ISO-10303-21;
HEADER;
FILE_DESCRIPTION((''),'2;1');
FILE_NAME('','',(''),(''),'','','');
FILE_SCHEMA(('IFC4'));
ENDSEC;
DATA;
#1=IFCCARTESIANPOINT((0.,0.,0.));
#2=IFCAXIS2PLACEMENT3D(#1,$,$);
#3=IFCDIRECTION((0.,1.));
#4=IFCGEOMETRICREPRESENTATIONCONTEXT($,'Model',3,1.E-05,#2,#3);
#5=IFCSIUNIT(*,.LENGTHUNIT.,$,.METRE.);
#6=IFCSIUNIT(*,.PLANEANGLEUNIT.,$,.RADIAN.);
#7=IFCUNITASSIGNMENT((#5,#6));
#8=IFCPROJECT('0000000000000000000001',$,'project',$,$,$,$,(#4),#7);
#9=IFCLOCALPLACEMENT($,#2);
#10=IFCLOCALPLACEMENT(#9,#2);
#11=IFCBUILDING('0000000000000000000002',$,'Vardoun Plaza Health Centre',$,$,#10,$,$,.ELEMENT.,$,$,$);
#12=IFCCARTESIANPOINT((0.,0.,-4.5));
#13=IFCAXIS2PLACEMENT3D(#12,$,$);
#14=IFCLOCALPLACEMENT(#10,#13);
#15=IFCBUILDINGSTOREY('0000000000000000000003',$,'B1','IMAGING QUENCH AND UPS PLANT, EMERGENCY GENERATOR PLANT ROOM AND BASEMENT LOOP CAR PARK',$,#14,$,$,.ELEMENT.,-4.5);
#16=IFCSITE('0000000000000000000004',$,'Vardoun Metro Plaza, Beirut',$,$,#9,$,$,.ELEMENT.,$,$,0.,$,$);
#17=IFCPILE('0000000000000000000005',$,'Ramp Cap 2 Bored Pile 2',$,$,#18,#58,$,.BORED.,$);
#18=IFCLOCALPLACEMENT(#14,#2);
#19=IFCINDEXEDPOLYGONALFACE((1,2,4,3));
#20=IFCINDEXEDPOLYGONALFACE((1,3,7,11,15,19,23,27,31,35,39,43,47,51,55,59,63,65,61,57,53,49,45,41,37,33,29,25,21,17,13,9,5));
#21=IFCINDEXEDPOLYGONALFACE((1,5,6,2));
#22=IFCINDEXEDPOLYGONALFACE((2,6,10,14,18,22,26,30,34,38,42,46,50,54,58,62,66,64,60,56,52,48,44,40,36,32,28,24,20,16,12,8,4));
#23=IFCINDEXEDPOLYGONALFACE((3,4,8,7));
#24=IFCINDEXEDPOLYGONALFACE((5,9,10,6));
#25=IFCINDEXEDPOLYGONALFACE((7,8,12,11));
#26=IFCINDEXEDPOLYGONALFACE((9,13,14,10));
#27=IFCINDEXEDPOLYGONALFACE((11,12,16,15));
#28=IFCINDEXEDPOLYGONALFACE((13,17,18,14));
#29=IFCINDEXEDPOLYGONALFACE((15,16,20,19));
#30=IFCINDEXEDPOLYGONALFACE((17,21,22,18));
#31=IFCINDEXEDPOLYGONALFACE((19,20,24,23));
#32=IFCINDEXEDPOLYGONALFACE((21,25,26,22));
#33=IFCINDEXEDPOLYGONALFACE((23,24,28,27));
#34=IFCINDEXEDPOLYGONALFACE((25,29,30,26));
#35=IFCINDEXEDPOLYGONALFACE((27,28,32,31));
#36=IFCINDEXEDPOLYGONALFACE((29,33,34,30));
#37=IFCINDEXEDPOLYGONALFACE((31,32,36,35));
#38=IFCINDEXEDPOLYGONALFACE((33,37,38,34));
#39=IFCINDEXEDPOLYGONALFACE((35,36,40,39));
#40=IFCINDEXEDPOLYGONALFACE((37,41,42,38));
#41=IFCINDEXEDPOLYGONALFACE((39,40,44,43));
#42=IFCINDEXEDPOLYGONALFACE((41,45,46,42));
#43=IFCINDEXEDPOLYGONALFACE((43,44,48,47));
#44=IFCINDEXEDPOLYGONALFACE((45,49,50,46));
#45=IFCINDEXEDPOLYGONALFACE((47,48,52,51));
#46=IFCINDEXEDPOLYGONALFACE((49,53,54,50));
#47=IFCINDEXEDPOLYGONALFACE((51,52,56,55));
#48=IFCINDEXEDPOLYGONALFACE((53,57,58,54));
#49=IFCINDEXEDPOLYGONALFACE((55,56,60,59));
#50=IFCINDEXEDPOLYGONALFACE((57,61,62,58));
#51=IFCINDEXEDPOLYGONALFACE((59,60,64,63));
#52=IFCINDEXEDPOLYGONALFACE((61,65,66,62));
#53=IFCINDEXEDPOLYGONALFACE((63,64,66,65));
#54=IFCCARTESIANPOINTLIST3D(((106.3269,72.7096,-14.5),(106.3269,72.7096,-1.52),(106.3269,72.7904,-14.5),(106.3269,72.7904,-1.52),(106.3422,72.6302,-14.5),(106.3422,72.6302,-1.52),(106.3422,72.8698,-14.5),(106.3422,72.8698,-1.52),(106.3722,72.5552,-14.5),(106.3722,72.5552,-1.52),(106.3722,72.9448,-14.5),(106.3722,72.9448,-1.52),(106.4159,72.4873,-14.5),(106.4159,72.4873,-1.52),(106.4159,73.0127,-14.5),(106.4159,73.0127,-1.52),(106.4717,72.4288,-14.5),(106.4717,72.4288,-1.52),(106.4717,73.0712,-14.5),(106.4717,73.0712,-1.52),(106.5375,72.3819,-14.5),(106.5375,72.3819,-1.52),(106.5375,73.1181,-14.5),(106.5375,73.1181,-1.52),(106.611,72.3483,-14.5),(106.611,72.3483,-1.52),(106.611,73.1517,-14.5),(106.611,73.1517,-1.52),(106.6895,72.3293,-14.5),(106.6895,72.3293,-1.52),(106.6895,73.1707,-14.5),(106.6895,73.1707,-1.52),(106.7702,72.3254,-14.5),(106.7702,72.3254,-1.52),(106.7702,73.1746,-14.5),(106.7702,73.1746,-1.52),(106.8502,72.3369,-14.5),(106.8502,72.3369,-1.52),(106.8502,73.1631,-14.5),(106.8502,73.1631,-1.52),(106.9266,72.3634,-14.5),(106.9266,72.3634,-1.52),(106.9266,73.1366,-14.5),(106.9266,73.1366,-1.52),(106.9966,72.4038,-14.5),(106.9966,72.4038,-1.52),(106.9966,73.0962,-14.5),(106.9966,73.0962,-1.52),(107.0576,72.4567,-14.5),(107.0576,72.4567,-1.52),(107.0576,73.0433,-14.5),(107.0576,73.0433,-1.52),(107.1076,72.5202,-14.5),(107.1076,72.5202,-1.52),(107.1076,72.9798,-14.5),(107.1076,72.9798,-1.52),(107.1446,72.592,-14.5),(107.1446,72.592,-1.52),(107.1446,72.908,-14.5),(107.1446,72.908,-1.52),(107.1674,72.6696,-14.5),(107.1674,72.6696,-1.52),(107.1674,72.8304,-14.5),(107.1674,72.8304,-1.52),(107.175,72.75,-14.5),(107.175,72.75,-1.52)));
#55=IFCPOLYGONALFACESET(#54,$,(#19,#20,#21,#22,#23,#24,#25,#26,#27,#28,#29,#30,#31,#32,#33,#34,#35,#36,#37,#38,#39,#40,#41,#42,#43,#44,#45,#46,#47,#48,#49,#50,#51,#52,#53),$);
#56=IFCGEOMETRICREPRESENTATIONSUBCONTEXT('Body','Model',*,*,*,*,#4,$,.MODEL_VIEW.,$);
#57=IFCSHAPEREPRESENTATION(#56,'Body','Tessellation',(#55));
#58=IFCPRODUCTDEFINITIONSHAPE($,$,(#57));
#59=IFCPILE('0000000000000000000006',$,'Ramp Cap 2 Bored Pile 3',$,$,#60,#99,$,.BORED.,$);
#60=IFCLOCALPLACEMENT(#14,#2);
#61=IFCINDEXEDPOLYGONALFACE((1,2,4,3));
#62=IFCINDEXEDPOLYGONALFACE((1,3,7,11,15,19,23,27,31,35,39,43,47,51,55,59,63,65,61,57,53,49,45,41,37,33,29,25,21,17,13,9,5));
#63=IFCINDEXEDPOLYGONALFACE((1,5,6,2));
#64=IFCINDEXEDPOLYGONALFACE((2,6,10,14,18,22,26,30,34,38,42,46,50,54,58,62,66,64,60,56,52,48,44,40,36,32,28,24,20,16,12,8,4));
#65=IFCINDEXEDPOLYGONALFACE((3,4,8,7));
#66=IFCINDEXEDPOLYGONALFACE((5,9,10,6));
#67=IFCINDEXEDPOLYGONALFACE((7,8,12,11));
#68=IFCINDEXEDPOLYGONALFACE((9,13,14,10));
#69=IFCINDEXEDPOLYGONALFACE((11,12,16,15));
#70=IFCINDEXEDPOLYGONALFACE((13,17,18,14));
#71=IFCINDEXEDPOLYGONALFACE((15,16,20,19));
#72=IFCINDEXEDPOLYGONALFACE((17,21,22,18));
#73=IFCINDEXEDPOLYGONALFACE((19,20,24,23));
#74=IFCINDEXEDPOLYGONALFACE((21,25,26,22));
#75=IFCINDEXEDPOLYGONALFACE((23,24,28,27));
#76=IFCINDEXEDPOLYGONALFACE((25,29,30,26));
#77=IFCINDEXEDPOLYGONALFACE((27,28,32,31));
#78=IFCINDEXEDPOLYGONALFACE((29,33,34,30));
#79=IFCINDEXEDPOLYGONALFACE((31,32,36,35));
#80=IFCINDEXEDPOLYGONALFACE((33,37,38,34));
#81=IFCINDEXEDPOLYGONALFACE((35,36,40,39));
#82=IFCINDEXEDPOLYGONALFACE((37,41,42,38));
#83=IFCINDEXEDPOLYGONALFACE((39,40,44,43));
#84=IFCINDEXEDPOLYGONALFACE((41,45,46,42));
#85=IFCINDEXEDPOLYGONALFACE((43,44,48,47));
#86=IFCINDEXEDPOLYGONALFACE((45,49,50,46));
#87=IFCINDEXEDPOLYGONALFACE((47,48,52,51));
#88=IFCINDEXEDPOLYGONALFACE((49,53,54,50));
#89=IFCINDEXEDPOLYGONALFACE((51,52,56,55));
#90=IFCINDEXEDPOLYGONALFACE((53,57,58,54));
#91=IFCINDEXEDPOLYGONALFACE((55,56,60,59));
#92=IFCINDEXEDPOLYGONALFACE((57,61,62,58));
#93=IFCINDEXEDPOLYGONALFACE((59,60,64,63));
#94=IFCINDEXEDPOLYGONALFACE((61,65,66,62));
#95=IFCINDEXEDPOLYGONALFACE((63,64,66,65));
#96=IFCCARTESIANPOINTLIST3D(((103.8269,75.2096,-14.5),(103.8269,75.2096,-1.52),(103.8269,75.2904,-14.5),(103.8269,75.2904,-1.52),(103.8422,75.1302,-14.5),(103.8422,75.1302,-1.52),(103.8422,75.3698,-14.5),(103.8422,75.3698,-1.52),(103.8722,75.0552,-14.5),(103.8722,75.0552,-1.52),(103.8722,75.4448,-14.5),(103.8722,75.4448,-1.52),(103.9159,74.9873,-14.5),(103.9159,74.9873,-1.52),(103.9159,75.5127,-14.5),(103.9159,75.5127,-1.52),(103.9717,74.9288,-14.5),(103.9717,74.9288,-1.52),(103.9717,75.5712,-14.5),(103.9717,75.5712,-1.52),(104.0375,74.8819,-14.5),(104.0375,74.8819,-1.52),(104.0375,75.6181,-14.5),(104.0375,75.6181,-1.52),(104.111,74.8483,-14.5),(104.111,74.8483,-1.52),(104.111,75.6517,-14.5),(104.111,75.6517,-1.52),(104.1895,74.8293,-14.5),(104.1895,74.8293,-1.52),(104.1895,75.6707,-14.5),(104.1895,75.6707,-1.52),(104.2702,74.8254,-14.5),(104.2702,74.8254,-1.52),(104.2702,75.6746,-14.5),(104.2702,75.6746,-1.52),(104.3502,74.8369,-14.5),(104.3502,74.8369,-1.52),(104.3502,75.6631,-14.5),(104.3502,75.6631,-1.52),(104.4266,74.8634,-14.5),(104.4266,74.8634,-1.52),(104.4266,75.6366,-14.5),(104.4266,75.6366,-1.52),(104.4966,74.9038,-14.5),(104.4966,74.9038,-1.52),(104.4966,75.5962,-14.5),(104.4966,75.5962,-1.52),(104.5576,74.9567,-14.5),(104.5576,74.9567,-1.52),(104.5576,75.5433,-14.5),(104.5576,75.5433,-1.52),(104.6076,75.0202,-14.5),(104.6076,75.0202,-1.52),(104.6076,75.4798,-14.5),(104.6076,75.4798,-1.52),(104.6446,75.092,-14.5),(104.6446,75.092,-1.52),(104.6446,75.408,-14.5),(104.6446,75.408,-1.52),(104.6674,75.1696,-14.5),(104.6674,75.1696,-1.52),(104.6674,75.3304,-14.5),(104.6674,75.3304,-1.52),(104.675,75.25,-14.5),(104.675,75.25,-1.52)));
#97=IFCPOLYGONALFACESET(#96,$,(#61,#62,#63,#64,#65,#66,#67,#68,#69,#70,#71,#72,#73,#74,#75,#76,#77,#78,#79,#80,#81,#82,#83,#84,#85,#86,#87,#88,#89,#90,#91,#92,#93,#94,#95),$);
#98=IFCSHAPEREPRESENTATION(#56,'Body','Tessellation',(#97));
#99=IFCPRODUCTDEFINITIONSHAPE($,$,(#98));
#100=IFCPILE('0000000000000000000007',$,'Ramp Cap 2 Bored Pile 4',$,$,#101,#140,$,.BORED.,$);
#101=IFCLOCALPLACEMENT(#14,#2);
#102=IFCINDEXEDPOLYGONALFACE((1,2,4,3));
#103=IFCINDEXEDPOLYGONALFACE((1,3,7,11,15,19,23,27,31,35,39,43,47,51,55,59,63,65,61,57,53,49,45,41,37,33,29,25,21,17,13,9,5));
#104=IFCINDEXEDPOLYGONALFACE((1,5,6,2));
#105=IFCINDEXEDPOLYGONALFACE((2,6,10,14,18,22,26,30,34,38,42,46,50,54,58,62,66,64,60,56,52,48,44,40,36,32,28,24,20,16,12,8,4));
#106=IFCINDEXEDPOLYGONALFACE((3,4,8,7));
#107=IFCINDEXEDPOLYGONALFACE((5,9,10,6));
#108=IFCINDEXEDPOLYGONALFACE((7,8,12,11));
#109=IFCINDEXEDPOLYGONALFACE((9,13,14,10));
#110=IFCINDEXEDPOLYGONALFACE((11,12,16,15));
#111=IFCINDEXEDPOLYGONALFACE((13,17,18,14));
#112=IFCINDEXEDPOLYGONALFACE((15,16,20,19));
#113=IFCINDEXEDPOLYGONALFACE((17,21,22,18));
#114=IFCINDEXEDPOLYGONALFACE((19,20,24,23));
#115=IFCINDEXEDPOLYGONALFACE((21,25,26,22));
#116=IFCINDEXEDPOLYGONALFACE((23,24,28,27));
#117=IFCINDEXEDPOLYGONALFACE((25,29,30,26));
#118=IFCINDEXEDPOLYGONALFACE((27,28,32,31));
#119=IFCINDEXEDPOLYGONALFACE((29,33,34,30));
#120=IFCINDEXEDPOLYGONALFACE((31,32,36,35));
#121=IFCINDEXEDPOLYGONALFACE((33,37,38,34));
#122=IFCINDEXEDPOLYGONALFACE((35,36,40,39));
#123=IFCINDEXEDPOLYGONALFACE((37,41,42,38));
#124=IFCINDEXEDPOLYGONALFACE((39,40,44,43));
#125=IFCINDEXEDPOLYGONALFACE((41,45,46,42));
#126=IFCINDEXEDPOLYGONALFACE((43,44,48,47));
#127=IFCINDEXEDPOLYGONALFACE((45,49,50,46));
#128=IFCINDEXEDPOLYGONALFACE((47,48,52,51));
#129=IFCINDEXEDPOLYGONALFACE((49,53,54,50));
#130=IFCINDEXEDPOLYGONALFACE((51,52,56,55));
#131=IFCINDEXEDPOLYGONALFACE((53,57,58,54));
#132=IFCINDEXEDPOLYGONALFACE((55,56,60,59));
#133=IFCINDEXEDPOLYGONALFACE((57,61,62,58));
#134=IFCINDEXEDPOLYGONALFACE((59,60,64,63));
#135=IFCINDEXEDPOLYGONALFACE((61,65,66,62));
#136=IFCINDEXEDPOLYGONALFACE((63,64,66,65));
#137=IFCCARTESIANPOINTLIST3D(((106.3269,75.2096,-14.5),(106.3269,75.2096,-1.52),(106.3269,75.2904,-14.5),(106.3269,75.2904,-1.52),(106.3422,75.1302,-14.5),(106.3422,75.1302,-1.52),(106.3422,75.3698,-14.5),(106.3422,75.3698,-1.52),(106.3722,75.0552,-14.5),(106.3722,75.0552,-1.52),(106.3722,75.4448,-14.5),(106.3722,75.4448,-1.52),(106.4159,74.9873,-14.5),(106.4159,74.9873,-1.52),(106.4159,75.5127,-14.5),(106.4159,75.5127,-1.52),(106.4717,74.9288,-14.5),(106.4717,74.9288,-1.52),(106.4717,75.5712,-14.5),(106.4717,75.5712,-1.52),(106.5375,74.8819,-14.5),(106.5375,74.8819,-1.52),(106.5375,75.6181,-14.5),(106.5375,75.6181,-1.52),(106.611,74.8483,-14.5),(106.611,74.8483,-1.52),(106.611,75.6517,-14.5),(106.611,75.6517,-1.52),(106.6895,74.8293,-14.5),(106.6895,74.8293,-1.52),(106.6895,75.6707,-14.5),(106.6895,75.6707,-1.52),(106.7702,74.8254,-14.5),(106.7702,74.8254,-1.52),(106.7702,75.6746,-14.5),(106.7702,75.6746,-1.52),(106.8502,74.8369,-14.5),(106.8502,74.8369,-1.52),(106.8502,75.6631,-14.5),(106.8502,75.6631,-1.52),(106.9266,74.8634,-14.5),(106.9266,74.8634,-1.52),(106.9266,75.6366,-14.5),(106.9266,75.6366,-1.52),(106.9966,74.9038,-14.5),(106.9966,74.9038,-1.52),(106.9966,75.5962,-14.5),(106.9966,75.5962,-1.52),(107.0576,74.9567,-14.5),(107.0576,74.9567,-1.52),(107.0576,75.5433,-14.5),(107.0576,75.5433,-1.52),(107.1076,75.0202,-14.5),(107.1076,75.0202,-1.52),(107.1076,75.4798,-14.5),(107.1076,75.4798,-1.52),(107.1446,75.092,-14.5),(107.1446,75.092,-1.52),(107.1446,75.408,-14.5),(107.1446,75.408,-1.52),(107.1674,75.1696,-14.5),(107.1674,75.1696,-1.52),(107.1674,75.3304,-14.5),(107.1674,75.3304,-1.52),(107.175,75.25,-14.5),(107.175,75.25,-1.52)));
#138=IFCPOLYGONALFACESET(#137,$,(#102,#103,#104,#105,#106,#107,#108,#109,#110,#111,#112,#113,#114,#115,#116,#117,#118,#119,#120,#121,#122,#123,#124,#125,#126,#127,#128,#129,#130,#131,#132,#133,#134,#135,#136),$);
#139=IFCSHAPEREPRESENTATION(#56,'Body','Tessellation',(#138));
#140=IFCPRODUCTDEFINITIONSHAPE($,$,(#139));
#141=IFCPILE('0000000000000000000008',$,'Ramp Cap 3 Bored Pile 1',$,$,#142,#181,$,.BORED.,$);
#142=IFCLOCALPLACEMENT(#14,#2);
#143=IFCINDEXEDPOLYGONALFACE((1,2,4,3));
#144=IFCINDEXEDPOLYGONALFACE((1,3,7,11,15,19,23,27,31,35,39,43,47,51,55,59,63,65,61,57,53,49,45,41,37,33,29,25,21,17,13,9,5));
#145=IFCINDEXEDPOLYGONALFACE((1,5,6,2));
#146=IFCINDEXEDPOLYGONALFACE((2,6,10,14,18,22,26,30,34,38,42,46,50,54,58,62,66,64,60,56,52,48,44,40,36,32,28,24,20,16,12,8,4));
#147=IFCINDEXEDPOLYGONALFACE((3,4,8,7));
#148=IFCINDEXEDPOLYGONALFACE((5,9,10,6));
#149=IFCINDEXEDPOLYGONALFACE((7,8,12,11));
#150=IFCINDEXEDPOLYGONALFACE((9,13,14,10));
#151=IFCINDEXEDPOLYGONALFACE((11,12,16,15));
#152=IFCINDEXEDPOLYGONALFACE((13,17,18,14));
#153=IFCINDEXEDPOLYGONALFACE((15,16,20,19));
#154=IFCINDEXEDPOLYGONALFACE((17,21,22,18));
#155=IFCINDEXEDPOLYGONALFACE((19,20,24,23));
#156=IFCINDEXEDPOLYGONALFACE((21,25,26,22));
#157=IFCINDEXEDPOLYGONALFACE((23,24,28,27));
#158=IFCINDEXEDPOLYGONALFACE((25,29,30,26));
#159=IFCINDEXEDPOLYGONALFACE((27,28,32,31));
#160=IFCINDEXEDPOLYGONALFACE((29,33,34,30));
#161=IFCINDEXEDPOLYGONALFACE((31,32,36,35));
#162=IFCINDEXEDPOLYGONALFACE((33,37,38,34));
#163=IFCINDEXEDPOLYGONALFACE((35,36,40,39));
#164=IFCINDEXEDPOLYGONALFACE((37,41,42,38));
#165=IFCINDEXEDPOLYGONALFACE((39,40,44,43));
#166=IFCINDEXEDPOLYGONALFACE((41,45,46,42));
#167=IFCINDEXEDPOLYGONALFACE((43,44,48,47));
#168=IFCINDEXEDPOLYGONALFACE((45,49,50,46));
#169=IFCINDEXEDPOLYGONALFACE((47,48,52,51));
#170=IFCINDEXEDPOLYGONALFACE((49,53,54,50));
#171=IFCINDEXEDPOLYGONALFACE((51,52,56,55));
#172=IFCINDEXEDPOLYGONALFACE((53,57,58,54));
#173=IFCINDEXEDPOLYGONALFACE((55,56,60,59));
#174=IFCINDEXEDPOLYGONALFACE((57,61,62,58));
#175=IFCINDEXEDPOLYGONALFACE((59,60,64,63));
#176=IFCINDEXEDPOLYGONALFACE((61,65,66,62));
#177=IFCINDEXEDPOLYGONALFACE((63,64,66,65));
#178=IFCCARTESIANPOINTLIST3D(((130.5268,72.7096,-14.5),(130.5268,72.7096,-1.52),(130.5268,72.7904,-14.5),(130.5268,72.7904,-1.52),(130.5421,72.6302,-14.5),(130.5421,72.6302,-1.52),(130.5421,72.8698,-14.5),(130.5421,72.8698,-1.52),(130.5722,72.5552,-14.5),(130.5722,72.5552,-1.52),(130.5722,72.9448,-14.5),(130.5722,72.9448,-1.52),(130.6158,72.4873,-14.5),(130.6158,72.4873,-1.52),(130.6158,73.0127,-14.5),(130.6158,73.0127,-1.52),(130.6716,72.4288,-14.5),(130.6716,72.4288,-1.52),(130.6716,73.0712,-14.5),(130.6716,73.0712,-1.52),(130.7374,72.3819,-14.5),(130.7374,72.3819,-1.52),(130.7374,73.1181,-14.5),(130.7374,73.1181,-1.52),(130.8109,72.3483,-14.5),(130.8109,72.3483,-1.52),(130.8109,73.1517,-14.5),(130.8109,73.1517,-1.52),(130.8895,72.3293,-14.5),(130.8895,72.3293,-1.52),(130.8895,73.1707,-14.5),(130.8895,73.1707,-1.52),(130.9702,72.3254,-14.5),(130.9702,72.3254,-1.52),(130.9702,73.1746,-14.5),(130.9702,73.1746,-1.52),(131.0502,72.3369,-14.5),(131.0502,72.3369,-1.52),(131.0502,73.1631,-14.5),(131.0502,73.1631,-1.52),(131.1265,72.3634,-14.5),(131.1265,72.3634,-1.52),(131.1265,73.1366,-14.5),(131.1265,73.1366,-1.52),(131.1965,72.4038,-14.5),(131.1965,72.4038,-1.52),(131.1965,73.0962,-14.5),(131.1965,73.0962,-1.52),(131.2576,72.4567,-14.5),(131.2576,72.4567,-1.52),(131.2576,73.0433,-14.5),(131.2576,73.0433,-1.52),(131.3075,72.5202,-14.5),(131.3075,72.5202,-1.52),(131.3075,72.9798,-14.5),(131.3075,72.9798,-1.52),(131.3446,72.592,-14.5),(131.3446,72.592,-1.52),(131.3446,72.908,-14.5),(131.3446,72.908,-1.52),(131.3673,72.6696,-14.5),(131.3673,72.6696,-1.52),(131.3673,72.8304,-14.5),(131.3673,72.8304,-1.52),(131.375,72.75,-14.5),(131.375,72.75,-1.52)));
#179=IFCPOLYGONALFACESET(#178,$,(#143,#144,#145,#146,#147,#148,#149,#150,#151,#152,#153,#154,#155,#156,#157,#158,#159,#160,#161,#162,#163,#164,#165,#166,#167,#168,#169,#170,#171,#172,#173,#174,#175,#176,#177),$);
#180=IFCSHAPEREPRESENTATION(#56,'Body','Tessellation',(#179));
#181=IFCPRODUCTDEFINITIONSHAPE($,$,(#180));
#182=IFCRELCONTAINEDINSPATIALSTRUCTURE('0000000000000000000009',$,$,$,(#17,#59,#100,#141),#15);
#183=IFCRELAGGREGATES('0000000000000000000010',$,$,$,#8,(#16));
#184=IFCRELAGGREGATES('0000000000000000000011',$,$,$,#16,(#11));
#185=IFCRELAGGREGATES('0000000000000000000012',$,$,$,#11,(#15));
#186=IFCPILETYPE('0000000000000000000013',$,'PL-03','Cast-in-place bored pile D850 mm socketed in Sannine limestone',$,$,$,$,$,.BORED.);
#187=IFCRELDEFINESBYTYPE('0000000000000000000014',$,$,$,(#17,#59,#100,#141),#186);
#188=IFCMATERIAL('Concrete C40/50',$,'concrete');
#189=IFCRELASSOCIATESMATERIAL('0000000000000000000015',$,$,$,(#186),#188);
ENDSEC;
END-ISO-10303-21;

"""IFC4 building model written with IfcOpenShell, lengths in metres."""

from ifc_helpers import new_model, si_unit, direction, frame, origin, origin_2d, place, context, subcontext, project, spatial, circle, extrude, material, material_profile, profile_set, type_object, element, save


model = new_model("IFC4")

# Units and contexts
model_context = context("Model", 3, precision=1e-05, world=origin(), true_north=direction((0.0, 1.0)))
body_context = subcontext(model_context, "Body", "Model", "MODEL_VIEW")
ifc_project = project(units=[si_unit("LENGTHUNIT", "METRE"), si_unit("PLANEANGLEUNIT", "RADIAN")], contexts=[model_context])

# Site, building, storey
site_placement = place(None, origin())
site = spatial("IfcSite", under=ifc_project, at=site_placement, Name="Vardoun Metro Plaza, Beirut", CompositionType="ELEMENT", RefElevation=0.0)
building_placement = place(site_placement, origin())
building = spatial("IfcBuilding", under=site, at=building_placement, Name="Vardoun Plaza Health Centre", CompositionType="ELEMENT")
storey_placement = place(building_placement, frame((0.0, 0.0, -4.5)))
storey = spatial("IfcBuildingStorey", under=building, at=storey_placement, Name="B1", Description="IMAGING QUENCH AND UPS PLANT, EMERGENCY GENERATOR PLANT ROOM AND BASEMENT LOOP CAR PARK", CompositionType="ELEMENT", Elevation=-4.5)

# Piles
ifc_material_1 = material(Name="Concrete C40/50", Category="concrete")
ifc_material_profile_1 = material_profile(ifc_material_1, circle(Radius=0.425, at=origin_2d()), Name="PILE D850")
ifc_profile_set_1 = profile_set([ifc_material_profile_1], Name="Concrete C40/50")
pile_type_1 = type_object("IfcPileType", Name="PL-03", Description="Cast-in-place bored pile D850 mm socketed in Sannine limestone", PredefinedType="BORED", material=ifc_profile_set_1)
for number, where, z_axis, x_axis, name in (
    (1, (106.75, 72.75, -1.52), (0.0, 0.0, -1.0), (1.0, 0.0, 0.0), "Ramp Cap 2 Bored Pile 2"),
    (2, (104.25, 75.25, -1.52), (0.0, 0.0, -1.0), (1.0, 0.0, 0.0), "Ramp Cap 2 Bored Pile 3"),
    (3, (106.75, 75.25, -1.52), (0.0, 0.0, -1.0), (1.0, 0.0, 0.0), "Ramp Cap 2 Bored Pile 4"),
    (4, (130.95, 72.75, -1.52), (0.0, 0.0, -1.0), (1.0, 0.0, 0.0), "Ramp Cap 3 Bored Pile 1"),
):
    element("IfcPile", number, at=place(storey_placement, frame(where, z_axis=z_axis, x_axis=x_axis)), inside=storey, type_object=pile_type_1, Name=name, PredefinedType="BORED", context=body_context, shape_type="SweptSolid", body=[
        extrude(circle(Radius=0.425, at=origin_2d()), origin(), (0.0, 0.0, 1.0), 12.98),
    ])

save(model, "model.ifc")
